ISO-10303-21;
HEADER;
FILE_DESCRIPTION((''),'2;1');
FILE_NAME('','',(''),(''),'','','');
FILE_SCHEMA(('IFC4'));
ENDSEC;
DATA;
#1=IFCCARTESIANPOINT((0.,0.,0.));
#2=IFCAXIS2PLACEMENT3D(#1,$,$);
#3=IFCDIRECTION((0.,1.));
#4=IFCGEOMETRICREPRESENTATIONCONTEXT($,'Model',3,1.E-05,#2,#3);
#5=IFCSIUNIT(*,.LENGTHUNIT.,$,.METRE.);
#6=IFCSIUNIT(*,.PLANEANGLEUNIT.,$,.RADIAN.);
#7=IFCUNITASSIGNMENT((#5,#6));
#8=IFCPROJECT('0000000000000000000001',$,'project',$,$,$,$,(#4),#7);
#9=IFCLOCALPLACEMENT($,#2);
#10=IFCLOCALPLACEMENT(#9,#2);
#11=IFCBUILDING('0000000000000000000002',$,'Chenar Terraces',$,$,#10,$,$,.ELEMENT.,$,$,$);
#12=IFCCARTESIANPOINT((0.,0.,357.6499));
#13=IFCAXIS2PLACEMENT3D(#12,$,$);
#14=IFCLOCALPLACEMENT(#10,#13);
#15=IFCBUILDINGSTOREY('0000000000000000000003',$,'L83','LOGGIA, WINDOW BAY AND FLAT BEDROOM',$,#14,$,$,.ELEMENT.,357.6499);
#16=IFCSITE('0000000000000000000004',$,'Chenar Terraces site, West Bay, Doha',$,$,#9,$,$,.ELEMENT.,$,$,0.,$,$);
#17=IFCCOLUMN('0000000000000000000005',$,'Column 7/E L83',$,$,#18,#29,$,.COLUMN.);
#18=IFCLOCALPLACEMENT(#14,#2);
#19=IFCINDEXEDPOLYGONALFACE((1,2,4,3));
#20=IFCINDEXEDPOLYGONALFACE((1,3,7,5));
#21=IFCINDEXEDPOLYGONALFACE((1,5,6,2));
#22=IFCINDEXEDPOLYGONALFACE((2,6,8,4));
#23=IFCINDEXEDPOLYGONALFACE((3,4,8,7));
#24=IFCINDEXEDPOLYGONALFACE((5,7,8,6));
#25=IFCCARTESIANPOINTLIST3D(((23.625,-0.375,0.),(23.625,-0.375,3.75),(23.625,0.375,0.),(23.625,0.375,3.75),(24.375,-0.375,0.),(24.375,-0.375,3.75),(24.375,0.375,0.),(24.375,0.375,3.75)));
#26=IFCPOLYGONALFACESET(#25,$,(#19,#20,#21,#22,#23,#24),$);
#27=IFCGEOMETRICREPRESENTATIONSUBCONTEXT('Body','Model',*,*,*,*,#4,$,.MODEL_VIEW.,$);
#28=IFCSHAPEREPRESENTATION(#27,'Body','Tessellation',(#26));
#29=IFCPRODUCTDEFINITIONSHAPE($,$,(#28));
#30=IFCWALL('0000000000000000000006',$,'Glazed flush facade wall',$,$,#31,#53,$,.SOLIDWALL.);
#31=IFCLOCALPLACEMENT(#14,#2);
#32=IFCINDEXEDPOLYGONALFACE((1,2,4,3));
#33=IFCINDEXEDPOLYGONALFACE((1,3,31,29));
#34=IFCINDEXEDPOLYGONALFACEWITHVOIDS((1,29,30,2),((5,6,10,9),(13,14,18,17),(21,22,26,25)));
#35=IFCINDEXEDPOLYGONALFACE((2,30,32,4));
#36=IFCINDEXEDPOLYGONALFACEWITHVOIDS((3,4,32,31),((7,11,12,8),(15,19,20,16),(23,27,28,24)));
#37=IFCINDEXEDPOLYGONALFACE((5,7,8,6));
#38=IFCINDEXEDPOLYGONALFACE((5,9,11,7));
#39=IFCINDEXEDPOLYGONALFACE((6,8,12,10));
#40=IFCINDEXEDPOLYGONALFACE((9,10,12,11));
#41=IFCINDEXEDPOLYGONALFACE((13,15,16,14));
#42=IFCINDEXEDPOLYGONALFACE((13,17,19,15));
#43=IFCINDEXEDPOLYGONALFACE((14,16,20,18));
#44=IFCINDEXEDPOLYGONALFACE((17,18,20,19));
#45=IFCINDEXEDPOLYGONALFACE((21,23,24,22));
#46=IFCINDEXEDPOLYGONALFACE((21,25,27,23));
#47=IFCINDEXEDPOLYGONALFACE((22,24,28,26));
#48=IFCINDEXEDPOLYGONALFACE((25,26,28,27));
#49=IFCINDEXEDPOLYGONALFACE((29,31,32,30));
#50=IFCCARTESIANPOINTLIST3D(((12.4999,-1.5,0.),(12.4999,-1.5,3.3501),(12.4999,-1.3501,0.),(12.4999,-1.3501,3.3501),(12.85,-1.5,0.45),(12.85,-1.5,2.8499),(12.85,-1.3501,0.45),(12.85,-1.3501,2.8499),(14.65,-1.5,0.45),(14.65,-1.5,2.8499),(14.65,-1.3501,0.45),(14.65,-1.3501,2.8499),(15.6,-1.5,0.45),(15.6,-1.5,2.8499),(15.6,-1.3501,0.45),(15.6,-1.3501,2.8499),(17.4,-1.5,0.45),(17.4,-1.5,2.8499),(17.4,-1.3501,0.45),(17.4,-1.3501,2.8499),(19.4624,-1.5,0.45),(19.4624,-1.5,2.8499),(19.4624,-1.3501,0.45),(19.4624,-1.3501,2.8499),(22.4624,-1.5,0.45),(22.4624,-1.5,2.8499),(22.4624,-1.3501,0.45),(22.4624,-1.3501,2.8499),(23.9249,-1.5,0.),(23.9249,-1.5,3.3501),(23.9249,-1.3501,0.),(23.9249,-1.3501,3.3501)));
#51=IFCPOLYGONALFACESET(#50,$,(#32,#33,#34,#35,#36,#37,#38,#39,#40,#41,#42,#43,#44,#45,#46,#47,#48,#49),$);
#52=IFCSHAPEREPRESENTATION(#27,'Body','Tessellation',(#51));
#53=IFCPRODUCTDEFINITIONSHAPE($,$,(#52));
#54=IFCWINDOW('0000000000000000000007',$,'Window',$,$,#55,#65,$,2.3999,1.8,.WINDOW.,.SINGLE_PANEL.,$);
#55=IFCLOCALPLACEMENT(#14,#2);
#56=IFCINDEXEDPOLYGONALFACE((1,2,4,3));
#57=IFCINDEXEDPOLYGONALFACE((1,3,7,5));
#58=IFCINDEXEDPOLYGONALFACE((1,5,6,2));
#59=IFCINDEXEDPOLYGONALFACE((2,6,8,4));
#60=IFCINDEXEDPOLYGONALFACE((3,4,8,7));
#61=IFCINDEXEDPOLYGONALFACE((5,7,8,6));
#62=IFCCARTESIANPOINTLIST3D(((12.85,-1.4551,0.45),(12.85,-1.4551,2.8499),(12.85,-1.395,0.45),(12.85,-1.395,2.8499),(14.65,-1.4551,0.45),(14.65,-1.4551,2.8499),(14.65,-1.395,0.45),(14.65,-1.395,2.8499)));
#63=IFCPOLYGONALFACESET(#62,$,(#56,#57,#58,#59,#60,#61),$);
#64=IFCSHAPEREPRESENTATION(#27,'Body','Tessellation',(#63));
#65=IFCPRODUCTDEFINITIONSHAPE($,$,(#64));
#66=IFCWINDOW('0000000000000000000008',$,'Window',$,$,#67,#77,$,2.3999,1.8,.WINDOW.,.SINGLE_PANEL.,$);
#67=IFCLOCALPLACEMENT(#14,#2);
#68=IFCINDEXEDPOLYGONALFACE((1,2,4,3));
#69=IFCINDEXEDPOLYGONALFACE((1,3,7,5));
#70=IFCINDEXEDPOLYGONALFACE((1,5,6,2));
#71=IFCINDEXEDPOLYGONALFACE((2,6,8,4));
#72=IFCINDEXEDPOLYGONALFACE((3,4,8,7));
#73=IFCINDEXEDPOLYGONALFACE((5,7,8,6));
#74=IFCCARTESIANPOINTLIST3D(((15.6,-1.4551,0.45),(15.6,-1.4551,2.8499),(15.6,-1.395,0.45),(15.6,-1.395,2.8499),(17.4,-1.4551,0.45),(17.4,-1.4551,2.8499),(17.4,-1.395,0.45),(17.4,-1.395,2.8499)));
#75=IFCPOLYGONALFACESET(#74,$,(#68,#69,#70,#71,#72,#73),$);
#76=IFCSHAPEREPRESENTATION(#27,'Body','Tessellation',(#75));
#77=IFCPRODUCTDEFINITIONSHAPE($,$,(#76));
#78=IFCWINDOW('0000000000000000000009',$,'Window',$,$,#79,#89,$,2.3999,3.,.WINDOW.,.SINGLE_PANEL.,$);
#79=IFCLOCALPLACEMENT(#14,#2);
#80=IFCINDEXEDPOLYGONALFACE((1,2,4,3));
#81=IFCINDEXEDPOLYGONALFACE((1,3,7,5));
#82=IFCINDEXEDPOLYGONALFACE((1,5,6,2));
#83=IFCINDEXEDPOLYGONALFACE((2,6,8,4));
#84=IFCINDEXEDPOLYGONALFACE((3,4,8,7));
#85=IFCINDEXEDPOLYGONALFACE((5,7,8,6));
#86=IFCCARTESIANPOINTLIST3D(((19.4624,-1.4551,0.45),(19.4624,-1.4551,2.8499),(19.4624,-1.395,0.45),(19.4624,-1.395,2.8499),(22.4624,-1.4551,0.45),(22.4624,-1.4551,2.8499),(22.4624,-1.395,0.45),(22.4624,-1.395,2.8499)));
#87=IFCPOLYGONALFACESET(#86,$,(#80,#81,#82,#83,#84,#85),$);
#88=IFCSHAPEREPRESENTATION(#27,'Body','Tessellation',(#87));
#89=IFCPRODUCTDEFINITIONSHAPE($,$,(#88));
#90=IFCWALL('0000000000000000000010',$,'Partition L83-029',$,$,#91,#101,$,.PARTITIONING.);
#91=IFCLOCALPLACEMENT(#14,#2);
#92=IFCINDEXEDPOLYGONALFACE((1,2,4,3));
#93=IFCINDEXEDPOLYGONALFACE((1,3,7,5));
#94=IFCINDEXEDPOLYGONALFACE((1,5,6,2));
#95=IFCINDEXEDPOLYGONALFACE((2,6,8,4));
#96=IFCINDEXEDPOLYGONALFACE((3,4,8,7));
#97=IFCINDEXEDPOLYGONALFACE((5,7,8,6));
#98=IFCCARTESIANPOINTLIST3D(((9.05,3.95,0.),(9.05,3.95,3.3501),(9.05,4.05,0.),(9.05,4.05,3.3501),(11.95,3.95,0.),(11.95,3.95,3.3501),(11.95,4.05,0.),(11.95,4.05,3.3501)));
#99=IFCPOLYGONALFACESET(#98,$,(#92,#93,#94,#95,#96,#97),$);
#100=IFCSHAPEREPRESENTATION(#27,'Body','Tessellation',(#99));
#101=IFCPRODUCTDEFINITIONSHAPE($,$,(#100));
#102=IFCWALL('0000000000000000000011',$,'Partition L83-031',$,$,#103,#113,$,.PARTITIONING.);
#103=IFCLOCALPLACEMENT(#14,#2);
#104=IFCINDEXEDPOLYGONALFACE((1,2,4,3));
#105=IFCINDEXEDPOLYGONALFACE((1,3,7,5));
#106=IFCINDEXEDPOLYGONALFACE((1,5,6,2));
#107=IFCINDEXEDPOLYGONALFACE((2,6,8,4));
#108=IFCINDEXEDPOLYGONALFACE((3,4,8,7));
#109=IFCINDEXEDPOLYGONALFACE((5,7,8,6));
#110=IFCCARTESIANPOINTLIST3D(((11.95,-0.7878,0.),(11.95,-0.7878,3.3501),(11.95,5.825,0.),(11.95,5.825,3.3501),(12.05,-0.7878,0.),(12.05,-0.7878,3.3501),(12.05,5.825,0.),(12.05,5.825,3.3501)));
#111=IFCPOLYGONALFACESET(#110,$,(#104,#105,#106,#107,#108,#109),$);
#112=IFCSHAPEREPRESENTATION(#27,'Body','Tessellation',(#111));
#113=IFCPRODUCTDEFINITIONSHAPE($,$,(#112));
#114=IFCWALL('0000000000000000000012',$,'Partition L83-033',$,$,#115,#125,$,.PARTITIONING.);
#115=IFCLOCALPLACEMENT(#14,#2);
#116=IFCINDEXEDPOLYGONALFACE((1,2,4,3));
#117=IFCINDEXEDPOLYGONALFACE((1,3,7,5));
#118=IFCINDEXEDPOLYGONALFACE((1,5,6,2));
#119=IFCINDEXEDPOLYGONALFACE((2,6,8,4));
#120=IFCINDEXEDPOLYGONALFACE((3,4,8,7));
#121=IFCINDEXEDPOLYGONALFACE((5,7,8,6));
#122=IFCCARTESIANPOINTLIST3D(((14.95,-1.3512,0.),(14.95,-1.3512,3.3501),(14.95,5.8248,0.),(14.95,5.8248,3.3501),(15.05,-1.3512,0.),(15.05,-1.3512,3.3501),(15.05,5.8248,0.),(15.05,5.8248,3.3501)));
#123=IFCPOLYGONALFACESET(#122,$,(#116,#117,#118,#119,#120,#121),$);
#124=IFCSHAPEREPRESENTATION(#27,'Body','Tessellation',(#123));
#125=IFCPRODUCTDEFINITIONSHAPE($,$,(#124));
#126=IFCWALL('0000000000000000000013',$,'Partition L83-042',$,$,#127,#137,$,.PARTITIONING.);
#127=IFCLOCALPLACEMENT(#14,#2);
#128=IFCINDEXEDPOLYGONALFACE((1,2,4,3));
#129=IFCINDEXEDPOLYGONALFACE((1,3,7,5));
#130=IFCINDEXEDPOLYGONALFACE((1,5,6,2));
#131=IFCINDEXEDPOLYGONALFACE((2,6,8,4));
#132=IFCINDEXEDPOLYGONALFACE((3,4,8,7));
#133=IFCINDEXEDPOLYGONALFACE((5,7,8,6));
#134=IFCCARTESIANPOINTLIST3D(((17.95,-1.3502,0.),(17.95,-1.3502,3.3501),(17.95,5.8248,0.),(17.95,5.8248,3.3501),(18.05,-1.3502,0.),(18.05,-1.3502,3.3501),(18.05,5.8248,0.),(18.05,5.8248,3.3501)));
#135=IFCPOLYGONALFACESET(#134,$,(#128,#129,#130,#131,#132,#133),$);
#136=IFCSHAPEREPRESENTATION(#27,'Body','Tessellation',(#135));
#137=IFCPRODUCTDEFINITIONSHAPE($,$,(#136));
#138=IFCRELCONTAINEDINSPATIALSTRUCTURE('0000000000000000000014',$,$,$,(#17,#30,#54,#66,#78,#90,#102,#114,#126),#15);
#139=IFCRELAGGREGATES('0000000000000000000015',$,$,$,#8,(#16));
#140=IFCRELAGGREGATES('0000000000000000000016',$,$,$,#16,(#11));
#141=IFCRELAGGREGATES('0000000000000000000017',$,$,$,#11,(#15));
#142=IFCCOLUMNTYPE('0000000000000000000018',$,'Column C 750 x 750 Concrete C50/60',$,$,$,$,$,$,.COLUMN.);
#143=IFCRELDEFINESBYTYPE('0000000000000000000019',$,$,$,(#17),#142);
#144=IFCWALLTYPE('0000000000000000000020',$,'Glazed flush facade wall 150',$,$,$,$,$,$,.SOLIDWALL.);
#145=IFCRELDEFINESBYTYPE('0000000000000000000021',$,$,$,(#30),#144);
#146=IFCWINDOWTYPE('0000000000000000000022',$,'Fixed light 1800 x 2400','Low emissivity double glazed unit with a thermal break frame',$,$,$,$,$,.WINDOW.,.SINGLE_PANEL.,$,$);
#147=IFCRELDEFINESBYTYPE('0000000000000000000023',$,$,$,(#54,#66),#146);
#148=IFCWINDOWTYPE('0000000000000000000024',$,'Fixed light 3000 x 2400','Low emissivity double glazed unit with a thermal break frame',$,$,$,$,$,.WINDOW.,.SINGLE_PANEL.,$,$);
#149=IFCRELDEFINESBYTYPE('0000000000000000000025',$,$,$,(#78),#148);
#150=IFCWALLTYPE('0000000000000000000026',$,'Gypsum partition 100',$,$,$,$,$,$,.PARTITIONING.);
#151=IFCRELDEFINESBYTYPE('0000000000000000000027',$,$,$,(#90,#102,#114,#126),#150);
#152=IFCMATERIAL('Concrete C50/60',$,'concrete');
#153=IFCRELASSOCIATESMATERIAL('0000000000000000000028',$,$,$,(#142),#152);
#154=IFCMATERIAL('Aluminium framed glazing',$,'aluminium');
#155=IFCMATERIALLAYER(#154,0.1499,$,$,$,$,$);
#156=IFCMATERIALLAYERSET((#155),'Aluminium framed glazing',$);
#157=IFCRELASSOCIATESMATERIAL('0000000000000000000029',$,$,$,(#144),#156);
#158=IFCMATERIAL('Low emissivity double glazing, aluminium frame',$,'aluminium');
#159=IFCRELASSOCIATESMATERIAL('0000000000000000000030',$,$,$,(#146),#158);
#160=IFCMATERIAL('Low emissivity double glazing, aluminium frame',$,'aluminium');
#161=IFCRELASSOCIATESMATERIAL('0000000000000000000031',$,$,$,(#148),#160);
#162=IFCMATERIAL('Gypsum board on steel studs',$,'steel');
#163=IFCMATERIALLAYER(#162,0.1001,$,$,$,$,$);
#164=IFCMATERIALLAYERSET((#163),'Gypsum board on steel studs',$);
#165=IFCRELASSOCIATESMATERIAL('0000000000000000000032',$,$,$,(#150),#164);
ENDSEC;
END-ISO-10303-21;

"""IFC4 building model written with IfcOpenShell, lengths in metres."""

from ifc_helpers import new_model, si_unit, direction, frame, frame_2d, origin, origin_2d, place, context, subcontext, project, spatial, rectangle, extrude, material, layer, layer_set, material_profile, profile_set, type_object, element, fill, save


model = new_model("IFC4")

# Units and contexts
model_context = context("Model", 3, precision=1e-05, world=origin(), true_north=direction((0.0, 1.0)))
body_context = subcontext(model_context, "Body", "Model", "MODEL_VIEW")
ifc_project = project(units=[si_unit("LENGTHUNIT", "METRE"), si_unit("PLANEANGLEUNIT", "RADIAN")], contexts=[model_context])

# Site, building, storey
site_placement = place(None, origin())
site = spatial("IfcSite", under=ifc_project, at=site_placement, Name="Chenar Terraces site, West Bay, Doha", CompositionType="ELEMENT", RefElevation=0.0)
building_placement = place(site_placement, origin())
building = spatial("IfcBuilding", under=site, at=building_placement, Name="Chenar Terraces", CompositionType="ELEMENT")
storey_placement = place(building_placement, frame((0.0, 0.0, 357.6499)))
storey = spatial("IfcBuildingStorey", under=building, at=storey_placement, Name="L83", Description="LOGGIA, WINDOW BAY AND FLAT BEDROOM", CompositionType="ELEMENT", Elevation=357.6499)

# Column
ifc_material_1 = material(Name="Concrete C50/60", Category="concrete")
ifc_material_profile = material_profile(ifc_material_1, rectangle(XDim=0.75, YDim=0.75, at=origin_2d()), Name="C 750 x 750")
ifc_profile_set = profile_set([ifc_material_profile], Name="Concrete C50/60")
column_type = type_object("IfcColumnType", Name="Column C 750 x 750 Concrete C50/60", PredefinedType="COLUMN", material=ifc_profile_set)
column_placement = place(storey_placement, frame((24.0, 0.0, 0.0), z_axis=(0.0, 0.0, 1.0), x_axis=(1.0, 0.0, 0.0)))
element("IfcColumn", 1, at=column_placement, inside=storey, type_object=column_type, Name="Column 7/E L83", PredefinedType="COLUMN", context=body_context, shape_type="SweptSolid", body=[
    extrude(rectangle(XDim=0.75, YDim=0.75, at=origin_2d()), origin(), (0.0, 0.0, 1.0), 3.75),
])

# Wall, openings, windows
ifc_material_2 = material(Name="Aluminium framed glazing", Category="aluminium")
ifc_layer_1 = layer(ifc_material_2, 0.1499)
ifc_layer_set_1 = layer_set([ifc_layer_1], Name="Aluminium framed glazing")
wall_type_1 = type_object("IfcWallType", Name="Glazed flush facade wall 150", PredefinedType="SOLIDWALL", material=ifc_layer_set_1)
wall_1_placement = place(storey_placement, frame((12.5, -1.425, 0.0), z_axis=(0.0, 0.0, 1.0), x_axis=(1.0, 0.0, 0.0)))
wall_1 = element("IfcWall", 2, at=wall_1_placement, inside=storey, type_object=wall_type_1, Name="Glazed flush facade wall", PredefinedType="SOLIDWALL", context=body_context, shape_type="SweptSolid", body=[
    extrude(rectangle(XDim=11.425, YDim=0.1499, at=frame_2d((5.7124, 0.0))), origin(), (0.0, 0.0, 1.0), 3.3501),
])
opening_1_placement = place(wall_1_placement, frame((0.3501, 0.0, 0.45)))
opening_1 = element("IfcOpeningElement", 3, at=opening_1_placement, cuts=wall_1, PredefinedType="OPENING", context=body_context, shape_type="SweptSolid", body=[
    extrude(rectangle(XDim=1.8, YDim=2.3999, at=frame_2d((0.8999, 1.2))), frame((0.0, 0.085, 0.0), z_axis=(0.0, -1.0, 0.0), x_axis=(1.0, 0.0, 0.0)), (0.0, 0.0, 1.0), 0.1699),
])
opening_2_placement = place(wall_1_placement, frame((3.1001, 0.0, 0.45)))
opening_2 = element("IfcOpeningElement", 4, at=opening_2_placement, cuts=wall_1, PredefinedType="OPENING", context=body_context, shape_type="SweptSolid", body=[
    extrude(rectangle(XDim=1.8, YDim=2.3999, at=frame_2d((0.8999, 1.2))), frame((0.0, 0.085, 0.0), z_axis=(0.0, -1.0, 0.0), x_axis=(1.0, 0.0, 0.0)), (0.0, 0.0, 1.0), 0.1699),
])
opening_3_placement = place(wall_1_placement, frame((6.9624, 0.0, 0.45)))
opening_3 = element("IfcOpeningElement", 5, at=opening_3_placement, cuts=wall_1, PredefinedType="OPENING", context=body_context, shape_type="SweptSolid", body=[
    extrude(rectangle(XDim=3.0, YDim=2.3999, at=frame_2d((1.5, 1.2))), frame((0.0, 0.085, 0.0), z_axis=(0.0, -1.0, 0.0), x_axis=(1.0, 0.0, 0.0)), (0.0, 0.0, 1.0), 0.1699),
])
ifc_material_3 = material(Name="Low emissivity double glazing, aluminium frame", Category="aluminium")
window_type_1 = type_object("IfcWindowType", Name="Fixed light 1800 x 2400", Description="Low emissivity double glazed unit with a thermal break frame", PartitioningType="SINGLE_PANEL", PredefinedType="WINDOW", material=ifc_material_3)
window_1_placement = place(opening_1_placement, origin())
window_1 = element("IfcWindow", 6, at=window_1_placement, inside=storey, type_object=window_type_1, Name="Window", OverallHeight=2.3999, OverallWidth=1.8, PartitioningType="SINGLE_PANEL", PredefinedType="WINDOW", context=body_context, shape_type="SweptSolid", body=[
    extrude(rectangle(XDim=1.8, YDim=2.3999, at=frame_2d((0.8999, 1.2))), frame((0.0, 0.03, 0.0), z_axis=(0.0, -1.0, 0.0), x_axis=(1.0, 0.0, 0.0)), (0.0, 0.0, 1.0), 0.0601),
])
fill(opening_1, window_1)
window_2_placement = place(opening_2_placement, origin())
window_2 = element("IfcWindow", 7, at=window_2_placement, inside=storey, type_object=window_type_1, Name="Window", OverallHeight=2.3999, OverallWidth=1.8, PartitioningType="SINGLE_PANEL", PredefinedType="WINDOW", context=body_context, shape_type="SweptSolid", body=[
    extrude(rectangle(XDim=1.8, YDim=2.3999, at=frame_2d((0.8999, 1.2))), frame((0.0, 0.03, 0.0), z_axis=(0.0, -1.0, 0.0), x_axis=(1.0, 0.0, 0.0)), (0.0, 0.0, 1.0), 0.0601),
])
fill(opening_2, window_2)
ifc_material_4 = material(Name="Low emissivity double glazing, aluminium frame", Category="aluminium")
window_type_2 = type_object("IfcWindowType", Name="Fixed light 3000 x 2400", Description="Low emissivity double glazed unit with a thermal break frame", PartitioningType="SINGLE_PANEL", PredefinedType="WINDOW", material=ifc_material_4)
window_3_placement = place(opening_3_placement, origin())
window_3 = element("IfcWindow", 8, at=window_3_placement, inside=storey, type_object=window_type_2, Name="Window", OverallHeight=2.3999, OverallWidth=3.0, PartitioningType="SINGLE_PANEL", PredefinedType="WINDOW", context=body_context, shape_type="SweptSolid", body=[
    extrude(rectangle(XDim=3.0, YDim=2.3999, at=frame_2d((1.5, 1.2))), frame((0.0, 0.03, 0.0), z_axis=(0.0, -1.0, 0.0), x_axis=(1.0, 0.0, 0.0)), (0.0, 0.0, 1.0), 0.0601),
])
fill(opening_3, window_3)

# Walls
ifc_material_5 = material(Name="Gypsum board on steel studs", Category="steel")
ifc_layer_2 = layer(ifc_material_5, 0.1001)
ifc_layer_set_2 = layer_set([ifc_layer_2], Name="Gypsum board on steel studs")
wall_type_2 = type_object("IfcWallType", Name="Gypsum partition 100", PredefinedType="PARTITIONING", material=ifc_layer_set_2)
wall_2_placement = place(storey_placement, frame((9.05, 4.0, 0.0), z_axis=(0.0, 0.0, 1.0), x_axis=(1.0, 0.0, 0.0)))
element("IfcWall", 9, at=wall_2_placement, inside=storey, type_object=wall_type_2, Name="Partition L83-029", PredefinedType="PARTITIONING", context=body_context, shape_type="SweptSolid", body=[
    extrude(rectangle(XDim=2.8999, YDim=0.1001, at=frame_2d((1.45, 0.0))), origin(), (0.0, 0.0, 1.0), 3.3501),
])
wall_3_placement = place(storey_placement, frame((12.0, -0.7878, 0.0), z_axis=(0.0, 0.0, 1.0), x_axis=(0.0, 1.0, 0.0)))
element("IfcWall", 10, at=wall_3_placement, inside=storey, type_object=wall_type_2, Name="Partition L83-031", PredefinedType="PARTITIONING", context=body_context, shape_type="SweptSolid", body=[
    extrude(rectangle(XDim=6.6128, YDim=0.1001, at=frame_2d((3.3064, 0.0))), origin(), (0.0, 0.0, 1.0), 3.3501),
])
wall_4_placement = place(storey_placement, frame((15.0, -1.3511, 0.0), z_axis=(0.0, 0.0, 1.0), x_axis=(0.0, 1.0, 0.0)))
element("IfcWall", 11, at=wall_4_placement, inside=storey, type_object=wall_type_2, Name="Partition L83-033", PredefinedType="PARTITIONING", context=body_context, shape_type="SweptSolid", body=[
    extrude(rectangle(XDim=7.176, YDim=0.1001, at=frame_2d((3.5879, 0.0))), origin(), (0.0, 0.0, 1.0), 3.3501),
])
wall_5_placement = place(storey_placement, frame((18.0, -1.3501, 0.0), z_axis=(0.0, 0.0, 1.0), x_axis=(0.0, 1.0, 0.0)))
element("IfcWall", 12, at=wall_5_placement, inside=storey, type_object=wall_type_2, Name="Partition L83-042", PredefinedType="PARTITIONING", context=body_context, shape_type="SweptSolid", body=[
    extrude(rectangle(XDim=7.175, YDim=0.1001, at=frame_2d((3.5874, 0.0))), origin(), (0.0, 0.0, 1.0), 3.3501),
])

save(model, "model.ifc")
